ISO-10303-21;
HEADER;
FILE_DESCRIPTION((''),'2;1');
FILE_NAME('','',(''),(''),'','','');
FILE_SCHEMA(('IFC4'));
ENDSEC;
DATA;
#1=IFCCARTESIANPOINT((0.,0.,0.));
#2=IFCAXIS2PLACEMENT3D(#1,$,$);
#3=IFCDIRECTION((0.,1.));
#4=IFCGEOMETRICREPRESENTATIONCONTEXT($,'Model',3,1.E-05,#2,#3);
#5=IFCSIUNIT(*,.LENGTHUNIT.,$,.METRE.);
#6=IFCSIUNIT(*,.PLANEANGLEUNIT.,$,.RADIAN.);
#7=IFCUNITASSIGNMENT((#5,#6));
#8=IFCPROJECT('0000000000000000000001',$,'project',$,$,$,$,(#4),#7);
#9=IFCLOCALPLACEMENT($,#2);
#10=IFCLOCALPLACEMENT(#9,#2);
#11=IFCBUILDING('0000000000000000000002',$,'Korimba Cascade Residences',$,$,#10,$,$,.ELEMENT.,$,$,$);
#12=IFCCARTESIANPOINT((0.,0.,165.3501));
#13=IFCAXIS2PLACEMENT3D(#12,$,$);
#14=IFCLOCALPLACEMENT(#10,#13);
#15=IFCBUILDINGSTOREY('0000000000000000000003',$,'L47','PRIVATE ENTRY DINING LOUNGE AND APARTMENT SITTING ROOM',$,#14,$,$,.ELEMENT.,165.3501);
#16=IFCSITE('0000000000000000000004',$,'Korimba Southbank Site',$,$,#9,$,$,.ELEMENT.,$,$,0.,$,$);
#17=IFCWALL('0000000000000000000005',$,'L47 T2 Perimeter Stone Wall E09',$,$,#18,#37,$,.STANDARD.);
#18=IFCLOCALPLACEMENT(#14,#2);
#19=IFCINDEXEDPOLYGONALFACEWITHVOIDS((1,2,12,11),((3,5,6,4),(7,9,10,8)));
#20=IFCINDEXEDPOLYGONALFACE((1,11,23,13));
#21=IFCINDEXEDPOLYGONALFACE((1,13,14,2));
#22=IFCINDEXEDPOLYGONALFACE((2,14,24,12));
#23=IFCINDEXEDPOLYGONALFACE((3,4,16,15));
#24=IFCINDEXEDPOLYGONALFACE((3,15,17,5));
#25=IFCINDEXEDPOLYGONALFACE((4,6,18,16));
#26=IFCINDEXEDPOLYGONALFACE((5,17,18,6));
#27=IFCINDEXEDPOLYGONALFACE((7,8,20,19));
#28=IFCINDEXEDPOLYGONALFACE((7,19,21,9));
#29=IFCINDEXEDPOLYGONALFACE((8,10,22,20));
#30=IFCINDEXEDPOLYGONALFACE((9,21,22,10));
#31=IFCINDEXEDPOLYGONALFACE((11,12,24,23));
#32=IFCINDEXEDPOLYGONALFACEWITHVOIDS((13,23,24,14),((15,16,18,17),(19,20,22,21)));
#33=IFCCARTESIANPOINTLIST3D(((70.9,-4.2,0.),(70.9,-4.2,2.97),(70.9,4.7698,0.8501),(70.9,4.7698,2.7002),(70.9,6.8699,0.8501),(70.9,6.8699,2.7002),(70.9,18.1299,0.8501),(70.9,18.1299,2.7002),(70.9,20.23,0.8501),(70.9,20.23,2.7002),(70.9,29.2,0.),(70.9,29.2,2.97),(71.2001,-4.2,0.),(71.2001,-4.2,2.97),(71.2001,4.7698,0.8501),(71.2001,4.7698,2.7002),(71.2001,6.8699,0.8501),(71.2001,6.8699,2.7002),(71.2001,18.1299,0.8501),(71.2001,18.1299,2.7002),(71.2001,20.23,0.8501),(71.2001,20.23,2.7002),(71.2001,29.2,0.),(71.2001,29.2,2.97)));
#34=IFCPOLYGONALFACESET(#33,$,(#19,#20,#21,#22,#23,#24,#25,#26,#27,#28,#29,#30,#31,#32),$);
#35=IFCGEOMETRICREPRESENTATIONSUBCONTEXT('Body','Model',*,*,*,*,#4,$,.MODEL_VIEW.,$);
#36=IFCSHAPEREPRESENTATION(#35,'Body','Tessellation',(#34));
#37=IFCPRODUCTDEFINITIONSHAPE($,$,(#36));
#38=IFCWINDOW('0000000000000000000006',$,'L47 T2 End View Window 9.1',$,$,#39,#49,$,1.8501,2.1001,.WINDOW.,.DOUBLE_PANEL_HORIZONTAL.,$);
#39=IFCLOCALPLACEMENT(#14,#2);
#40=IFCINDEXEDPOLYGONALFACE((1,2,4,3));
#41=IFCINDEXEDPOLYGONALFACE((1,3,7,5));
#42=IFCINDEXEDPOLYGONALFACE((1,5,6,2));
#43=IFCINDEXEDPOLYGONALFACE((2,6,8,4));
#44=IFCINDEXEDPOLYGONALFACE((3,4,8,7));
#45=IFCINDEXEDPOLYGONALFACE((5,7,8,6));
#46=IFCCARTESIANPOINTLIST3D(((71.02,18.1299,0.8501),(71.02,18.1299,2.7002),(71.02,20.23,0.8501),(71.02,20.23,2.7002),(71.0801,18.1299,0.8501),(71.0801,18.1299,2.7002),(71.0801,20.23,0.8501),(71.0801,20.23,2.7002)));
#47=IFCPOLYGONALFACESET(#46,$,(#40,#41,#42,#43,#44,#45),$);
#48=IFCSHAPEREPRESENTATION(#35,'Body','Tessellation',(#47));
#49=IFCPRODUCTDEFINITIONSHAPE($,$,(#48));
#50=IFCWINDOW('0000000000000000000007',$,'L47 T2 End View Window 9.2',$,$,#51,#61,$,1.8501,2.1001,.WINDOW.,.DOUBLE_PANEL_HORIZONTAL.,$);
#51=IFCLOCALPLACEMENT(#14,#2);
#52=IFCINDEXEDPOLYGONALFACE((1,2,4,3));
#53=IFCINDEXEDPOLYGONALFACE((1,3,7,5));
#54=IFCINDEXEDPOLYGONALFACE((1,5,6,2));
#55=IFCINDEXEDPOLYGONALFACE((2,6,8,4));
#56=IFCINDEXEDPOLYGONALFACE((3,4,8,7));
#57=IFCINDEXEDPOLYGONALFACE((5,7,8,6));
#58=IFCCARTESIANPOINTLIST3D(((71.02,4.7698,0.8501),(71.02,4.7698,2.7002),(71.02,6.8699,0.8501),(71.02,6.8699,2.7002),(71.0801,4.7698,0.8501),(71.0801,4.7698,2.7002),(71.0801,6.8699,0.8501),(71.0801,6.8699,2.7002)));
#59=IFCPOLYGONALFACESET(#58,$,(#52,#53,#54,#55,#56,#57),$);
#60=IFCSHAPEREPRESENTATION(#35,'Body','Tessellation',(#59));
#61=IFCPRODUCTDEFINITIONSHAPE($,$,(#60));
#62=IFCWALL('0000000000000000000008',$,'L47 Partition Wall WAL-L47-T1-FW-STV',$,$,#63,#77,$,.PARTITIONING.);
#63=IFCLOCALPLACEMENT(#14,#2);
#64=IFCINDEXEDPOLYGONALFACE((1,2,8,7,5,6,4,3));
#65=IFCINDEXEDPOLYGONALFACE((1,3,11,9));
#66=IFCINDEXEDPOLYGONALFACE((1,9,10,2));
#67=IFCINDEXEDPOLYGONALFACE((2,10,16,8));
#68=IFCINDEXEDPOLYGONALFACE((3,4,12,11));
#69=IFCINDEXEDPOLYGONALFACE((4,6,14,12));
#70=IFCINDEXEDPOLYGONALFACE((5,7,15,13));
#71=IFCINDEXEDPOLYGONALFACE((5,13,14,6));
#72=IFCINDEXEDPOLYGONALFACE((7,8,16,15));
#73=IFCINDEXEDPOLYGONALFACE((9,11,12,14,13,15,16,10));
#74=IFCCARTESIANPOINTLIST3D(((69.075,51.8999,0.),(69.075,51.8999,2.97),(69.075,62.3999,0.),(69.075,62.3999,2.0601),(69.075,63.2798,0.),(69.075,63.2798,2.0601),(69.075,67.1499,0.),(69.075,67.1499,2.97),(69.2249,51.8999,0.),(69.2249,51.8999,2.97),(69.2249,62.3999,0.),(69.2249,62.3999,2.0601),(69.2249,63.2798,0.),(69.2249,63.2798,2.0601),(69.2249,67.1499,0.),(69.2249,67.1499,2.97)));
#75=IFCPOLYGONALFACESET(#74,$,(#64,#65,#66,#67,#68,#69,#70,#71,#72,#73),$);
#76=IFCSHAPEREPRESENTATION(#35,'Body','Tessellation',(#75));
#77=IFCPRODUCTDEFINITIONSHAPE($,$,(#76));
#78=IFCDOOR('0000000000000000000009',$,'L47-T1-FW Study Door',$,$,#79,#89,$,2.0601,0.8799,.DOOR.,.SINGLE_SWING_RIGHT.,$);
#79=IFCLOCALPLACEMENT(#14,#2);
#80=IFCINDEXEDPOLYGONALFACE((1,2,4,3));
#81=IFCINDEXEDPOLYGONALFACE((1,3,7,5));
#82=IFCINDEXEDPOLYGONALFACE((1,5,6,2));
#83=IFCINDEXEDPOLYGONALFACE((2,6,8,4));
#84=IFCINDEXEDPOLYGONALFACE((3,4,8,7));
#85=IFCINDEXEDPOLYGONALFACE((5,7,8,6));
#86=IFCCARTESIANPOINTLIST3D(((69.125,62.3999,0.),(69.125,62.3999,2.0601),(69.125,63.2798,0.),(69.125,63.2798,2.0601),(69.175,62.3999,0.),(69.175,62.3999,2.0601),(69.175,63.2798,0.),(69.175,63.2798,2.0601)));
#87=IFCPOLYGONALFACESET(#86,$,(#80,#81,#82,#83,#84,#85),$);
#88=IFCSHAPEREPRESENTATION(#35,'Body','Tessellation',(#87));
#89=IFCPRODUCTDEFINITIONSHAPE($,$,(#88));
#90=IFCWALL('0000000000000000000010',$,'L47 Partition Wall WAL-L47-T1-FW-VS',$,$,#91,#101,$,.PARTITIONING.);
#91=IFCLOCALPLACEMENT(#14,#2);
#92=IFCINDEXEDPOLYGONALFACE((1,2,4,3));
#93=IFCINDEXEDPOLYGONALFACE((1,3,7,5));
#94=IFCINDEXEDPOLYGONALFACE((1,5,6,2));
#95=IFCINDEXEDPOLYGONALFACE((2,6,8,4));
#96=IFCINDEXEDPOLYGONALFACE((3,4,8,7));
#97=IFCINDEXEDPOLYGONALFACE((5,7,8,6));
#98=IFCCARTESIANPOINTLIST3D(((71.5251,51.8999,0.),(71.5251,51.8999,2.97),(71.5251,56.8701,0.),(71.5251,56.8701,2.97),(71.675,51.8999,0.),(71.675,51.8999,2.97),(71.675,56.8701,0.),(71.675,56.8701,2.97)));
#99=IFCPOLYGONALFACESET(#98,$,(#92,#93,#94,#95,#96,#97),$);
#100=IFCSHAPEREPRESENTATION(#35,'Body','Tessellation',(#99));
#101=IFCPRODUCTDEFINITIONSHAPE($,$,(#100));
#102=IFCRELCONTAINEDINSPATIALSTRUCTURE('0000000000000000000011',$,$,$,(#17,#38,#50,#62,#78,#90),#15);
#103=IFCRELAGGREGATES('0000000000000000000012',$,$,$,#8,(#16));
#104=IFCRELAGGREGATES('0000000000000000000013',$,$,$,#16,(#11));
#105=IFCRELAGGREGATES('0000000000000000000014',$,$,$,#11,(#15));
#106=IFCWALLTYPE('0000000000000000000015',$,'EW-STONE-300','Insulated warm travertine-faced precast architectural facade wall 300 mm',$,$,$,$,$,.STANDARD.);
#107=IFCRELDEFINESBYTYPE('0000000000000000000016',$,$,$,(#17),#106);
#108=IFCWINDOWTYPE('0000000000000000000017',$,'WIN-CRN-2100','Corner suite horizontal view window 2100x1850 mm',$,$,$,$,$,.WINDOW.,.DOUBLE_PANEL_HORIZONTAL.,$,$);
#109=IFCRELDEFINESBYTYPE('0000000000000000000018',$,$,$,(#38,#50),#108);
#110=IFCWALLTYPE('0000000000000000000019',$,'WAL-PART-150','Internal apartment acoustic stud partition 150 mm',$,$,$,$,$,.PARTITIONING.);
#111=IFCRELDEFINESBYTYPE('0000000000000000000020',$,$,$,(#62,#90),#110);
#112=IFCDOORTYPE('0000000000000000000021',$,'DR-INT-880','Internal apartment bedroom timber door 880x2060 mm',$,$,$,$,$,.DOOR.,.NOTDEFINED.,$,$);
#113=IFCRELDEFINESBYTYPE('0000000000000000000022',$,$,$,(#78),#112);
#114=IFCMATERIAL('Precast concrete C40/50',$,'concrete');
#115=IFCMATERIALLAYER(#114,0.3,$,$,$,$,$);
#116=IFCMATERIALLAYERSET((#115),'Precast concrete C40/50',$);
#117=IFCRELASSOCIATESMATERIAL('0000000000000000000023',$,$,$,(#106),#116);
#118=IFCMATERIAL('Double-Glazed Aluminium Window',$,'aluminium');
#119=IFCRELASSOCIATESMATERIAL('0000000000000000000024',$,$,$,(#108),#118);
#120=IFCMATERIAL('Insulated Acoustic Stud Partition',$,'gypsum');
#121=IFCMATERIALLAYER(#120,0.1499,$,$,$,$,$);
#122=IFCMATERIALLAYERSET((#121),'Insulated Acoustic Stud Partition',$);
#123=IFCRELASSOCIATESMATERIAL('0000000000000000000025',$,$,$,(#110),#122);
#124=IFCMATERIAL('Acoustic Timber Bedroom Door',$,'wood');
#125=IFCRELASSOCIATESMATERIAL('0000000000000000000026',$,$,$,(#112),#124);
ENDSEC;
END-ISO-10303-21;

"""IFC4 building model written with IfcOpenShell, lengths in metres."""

from ifc_helpers import new_model, si_unit, direction, frame, frame_2d, origin, place, context, subcontext, project, spatial, rectangle, extrude, material, layer, layer_set, type_object, element, fill, save


model = new_model("IFC4")

# Units and contexts
model_context = context("Model", 3, precision=1e-05, world=origin(), true_north=direction((0.0, 1.0)))
body_context = subcontext(model_context, "Body", "Model", "MODEL_VIEW")
ifc_project = project(units=[si_unit("LENGTHUNIT", "METRE"), si_unit("PLANEANGLEUNIT", "RADIAN")], contexts=[model_context])

# Site, building, storey
site_placement = place(None, origin())
site = spatial("IfcSite", under=ifc_project, at=site_placement, Name="Korimba Southbank Site", CompositionType="ELEMENT", RefElevation=0.0)
building_placement = place(site_placement, origin())
building = spatial("IfcBuilding", under=site, at=building_placement, Name="Korimba Cascade Residences", CompositionType="ELEMENT")
storey_placement = place(building_placement, frame((0.0, 0.0, 165.3501)))
storey = spatial("IfcBuildingStorey", under=building, at=storey_placement, Name="L47", Description="PRIVATE ENTRY DINING LOUNGE AND APARTMENT SITTING ROOM", CompositionType="ELEMENT", Elevation=165.3501)

# Wall, openings, windows
ifc_material_1 = material(Name="Precast concrete C40/50", Category="concrete")
ifc_layer_1 = layer(ifc_material_1, 0.3)
ifc_layer_set_1 = layer_set([ifc_layer_1], Name="Precast concrete C40/50")
wall_type_1 = type_object("IfcWallType", Name="EW-STONE-300", Description="Insulated warm travertine-faced precast architectural facade wall 300 mm", PredefinedType="STANDARD", material=ifc_layer_set_1)
wall_1_placement = place(storey_placement, frame((71.05, 29.2, 0.0), z_axis=(0.0, 0.0, 1.0), x_axis=(0.0, -1.0, 0.0)))
wall_1 = element("IfcWall", 1, at=wall_1_placement, inside=storey, type_object=wall_type_1, Name="L47 T2 Perimeter Stone Wall E09", PredefinedType="STANDARD", context=body_context, shape_type="SweptSolid", body=[
    extrude(rectangle(XDim=33.3999, YDim=0.3, at=frame_2d((16.7, 0.0))), origin(), (0.0, 0.0, 1.0), 2.97),
])
opening_1_placement = place(wall_1_placement, frame((8.97, 0.0, 0.8501)))
opening_1 = element("IfcOpeningElement", 2, at=opening_1_placement, cuts=wall_1, PredefinedType="OPENING", context=body_context, shape_type="SweptSolid", body=[
    extrude(rectangle(XDim=2.1001, YDim=1.8501, at=frame_2d((1.05, 0.925))), frame((0.0, 0.1602, 0.0), z_axis=(0.0, -1.0, 0.0), x_axis=(1.0, 0.0, 0.0)), (0.0, 0.0, 1.0), 0.3201),
])
opening_2_placement = place(wall_1_placement, frame((22.3301, 0.0, 0.8501)))
opening_2 = element("IfcOpeningElement", 3, at=opening_2_placement, cuts=wall_1, PredefinedType="OPENING", context=body_context, shape_type="SweptSolid", body=[
    extrude(rectangle(XDim=2.1001, YDim=1.8501, at=frame_2d((1.05, 0.925))), frame((0.0, 0.1602, 0.0), z_axis=(0.0, -1.0, 0.0), x_axis=(1.0, 0.0, 0.0)), (0.0, 0.0, 1.0), 0.3201),
])
ifc_material_2 = material(Name="Double-Glazed Aluminium Window", Category="aluminium")
window_type = type_object("IfcWindowType", Name="WIN-CRN-2100", Description="Corner suite horizontal view window 2100x1850 mm", PartitioningType="DOUBLE_PANEL_HORIZONTAL", PredefinedType="WINDOW", material=ifc_material_2)
window_1_placement = place(opening_1_placement, origin())
window_1 = element("IfcWindow", 4, at=window_1_placement, inside=storey, type_object=window_type, Name="L47 T2 End View Window 9.1", OverallHeight=1.8501, OverallWidth=2.1001, PartitioningType="DOUBLE_PANEL_HORIZONTAL", PredefinedType="WINDOW", context=body_context, shape_type="SweptSolid", body=[
    extrude(rectangle(XDim=2.1001, YDim=1.8501, at=frame_2d((1.05, 0.925))), frame((0.0, 0.03, 0.0), z_axis=(0.0, -1.0, 0.0), x_axis=(1.0, 0.0, 0.0)), (0.0, 0.0, 1.0), 0.0601),
])
fill(opening_1, window_1)
window_2_placement = place(opening_2_placement, origin())
window_2 = element("IfcWindow", 5, at=window_2_placement, inside=storey, type_object=window_type, Name="L47 T2 End View Window 9.2", OverallHeight=1.8501, OverallWidth=2.1001, PartitioningType="DOUBLE_PANEL_HORIZONTAL", PredefinedType="WINDOW", context=body_context, shape_type="SweptSolid", body=[
    extrude(rectangle(XDim=2.1001, YDim=1.8501, at=frame_2d((1.05, 0.925))), frame((0.0, 0.03, 0.0), z_axis=(0.0, -1.0, 0.0), x_axis=(1.0, 0.0, 0.0)), (0.0, 0.0, 1.0), 0.0601),
])
fill(opening_2, window_2)

# Wall, opening, door
ifc_material_3 = material(Name="Insulated Acoustic Stud Partition", Category="gypsum")
ifc_layer_2 = layer(ifc_material_3, 0.1499)
ifc_layer_set_2 = layer_set([ifc_layer_2], Name="Insulated Acoustic Stud Partition")
wall_type_2 = type_object("IfcWallType", Name="WAL-PART-150", Description="Internal apartment acoustic stud partition 150 mm", PredefinedType="PARTITIONING", material=ifc_layer_set_2)
wall_2_placement = place(storey_placement, frame((69.1499, 51.8999, 0.0), z_axis=(0.0, 0.0, 1.0), x_axis=(0.0, 1.0, 0.0)))
wall_2 = element("IfcWall", 6, at=wall_2_placement, inside=storey, type_object=wall_type_2, Name="L47 Partition Wall WAL-L47-T1-FW-STV", PredefinedType="PARTITIONING", context=body_context, shape_type="SweptSolid", body=[
    extrude(rectangle(XDim=15.25, YDim=0.1499, at=frame_2d((7.625, 0.0))), origin(), (0.0, 0.0, 1.0), 2.97),
])
opening_3_placement = place(wall_2_placement, frame((10.5, 0.0, 0.0)))
opening_3 = element("IfcOpeningElement", 7, at=opening_3_placement, cuts=wall_2, PredefinedType="OPENING", context=body_context, shape_type="SweptSolid", body=[
    extrude(rectangle(XDim=0.8799, YDim=2.0601, at=frame_2d((0.4399, 1.03))), frame((0.0, 0.085, 0.0), z_axis=(0.0, -1.0, 0.0), x_axis=(1.0, 0.0, 0.0)), (0.0, 0.0, 1.0), 0.1699),
])
ifc_material_4 = material(Name="Acoustic Timber Bedroom Door", Category="wood")
door_type = type_object("IfcDoorType", Name="DR-INT-880", Description="Internal apartment bedroom timber door 880x2060 mm", OperationType="NOTDEFINED", PredefinedType="DOOR", material=ifc_material_4)
door_placement = place(opening_3_placement, origin())
door = element("IfcDoor", 8, at=door_placement, inside=storey, type_object=door_type, Name="L47-T1-FW Study Door", OperationType="SINGLE_SWING_RIGHT", OverallHeight=2.0601, OverallWidth=0.8799, PredefinedType="DOOR", context=body_context, shape_type="SweptSolid", body=[
    extrude(rectangle(XDim=0.8799, YDim=2.0601, at=frame_2d((0.4399, 1.03))), frame((0.0, 0.0249, 0.0), z_axis=(0.0, -1.0, 0.0), x_axis=(1.0, 0.0, 0.0)), (0.0, 0.0, 1.0), 0.05),
])
fill(opening_3, door)

# Wall
wall_3_placement = place(storey_placement, frame((71.6001, 51.8999, 0.0), z_axis=(0.0, 0.0, 1.0), x_axis=(0.0, 1.0, 0.0)))
element("IfcWall", 9, at=wall_3_placement, inside=storey, type_object=wall_type_2, Name="L47 Partition Wall WAL-L47-T1-FW-VS", PredefinedType="PARTITIONING", context=body_context, shape_type="SweptSolid", body=[
    extrude(rectangle(XDim=4.9702, YDim=0.1499, at=frame_2d((2.4851, 0.0))), origin(), (0.0, 0.0, 1.0), 2.97),
])

save(model, "model.ifc")
